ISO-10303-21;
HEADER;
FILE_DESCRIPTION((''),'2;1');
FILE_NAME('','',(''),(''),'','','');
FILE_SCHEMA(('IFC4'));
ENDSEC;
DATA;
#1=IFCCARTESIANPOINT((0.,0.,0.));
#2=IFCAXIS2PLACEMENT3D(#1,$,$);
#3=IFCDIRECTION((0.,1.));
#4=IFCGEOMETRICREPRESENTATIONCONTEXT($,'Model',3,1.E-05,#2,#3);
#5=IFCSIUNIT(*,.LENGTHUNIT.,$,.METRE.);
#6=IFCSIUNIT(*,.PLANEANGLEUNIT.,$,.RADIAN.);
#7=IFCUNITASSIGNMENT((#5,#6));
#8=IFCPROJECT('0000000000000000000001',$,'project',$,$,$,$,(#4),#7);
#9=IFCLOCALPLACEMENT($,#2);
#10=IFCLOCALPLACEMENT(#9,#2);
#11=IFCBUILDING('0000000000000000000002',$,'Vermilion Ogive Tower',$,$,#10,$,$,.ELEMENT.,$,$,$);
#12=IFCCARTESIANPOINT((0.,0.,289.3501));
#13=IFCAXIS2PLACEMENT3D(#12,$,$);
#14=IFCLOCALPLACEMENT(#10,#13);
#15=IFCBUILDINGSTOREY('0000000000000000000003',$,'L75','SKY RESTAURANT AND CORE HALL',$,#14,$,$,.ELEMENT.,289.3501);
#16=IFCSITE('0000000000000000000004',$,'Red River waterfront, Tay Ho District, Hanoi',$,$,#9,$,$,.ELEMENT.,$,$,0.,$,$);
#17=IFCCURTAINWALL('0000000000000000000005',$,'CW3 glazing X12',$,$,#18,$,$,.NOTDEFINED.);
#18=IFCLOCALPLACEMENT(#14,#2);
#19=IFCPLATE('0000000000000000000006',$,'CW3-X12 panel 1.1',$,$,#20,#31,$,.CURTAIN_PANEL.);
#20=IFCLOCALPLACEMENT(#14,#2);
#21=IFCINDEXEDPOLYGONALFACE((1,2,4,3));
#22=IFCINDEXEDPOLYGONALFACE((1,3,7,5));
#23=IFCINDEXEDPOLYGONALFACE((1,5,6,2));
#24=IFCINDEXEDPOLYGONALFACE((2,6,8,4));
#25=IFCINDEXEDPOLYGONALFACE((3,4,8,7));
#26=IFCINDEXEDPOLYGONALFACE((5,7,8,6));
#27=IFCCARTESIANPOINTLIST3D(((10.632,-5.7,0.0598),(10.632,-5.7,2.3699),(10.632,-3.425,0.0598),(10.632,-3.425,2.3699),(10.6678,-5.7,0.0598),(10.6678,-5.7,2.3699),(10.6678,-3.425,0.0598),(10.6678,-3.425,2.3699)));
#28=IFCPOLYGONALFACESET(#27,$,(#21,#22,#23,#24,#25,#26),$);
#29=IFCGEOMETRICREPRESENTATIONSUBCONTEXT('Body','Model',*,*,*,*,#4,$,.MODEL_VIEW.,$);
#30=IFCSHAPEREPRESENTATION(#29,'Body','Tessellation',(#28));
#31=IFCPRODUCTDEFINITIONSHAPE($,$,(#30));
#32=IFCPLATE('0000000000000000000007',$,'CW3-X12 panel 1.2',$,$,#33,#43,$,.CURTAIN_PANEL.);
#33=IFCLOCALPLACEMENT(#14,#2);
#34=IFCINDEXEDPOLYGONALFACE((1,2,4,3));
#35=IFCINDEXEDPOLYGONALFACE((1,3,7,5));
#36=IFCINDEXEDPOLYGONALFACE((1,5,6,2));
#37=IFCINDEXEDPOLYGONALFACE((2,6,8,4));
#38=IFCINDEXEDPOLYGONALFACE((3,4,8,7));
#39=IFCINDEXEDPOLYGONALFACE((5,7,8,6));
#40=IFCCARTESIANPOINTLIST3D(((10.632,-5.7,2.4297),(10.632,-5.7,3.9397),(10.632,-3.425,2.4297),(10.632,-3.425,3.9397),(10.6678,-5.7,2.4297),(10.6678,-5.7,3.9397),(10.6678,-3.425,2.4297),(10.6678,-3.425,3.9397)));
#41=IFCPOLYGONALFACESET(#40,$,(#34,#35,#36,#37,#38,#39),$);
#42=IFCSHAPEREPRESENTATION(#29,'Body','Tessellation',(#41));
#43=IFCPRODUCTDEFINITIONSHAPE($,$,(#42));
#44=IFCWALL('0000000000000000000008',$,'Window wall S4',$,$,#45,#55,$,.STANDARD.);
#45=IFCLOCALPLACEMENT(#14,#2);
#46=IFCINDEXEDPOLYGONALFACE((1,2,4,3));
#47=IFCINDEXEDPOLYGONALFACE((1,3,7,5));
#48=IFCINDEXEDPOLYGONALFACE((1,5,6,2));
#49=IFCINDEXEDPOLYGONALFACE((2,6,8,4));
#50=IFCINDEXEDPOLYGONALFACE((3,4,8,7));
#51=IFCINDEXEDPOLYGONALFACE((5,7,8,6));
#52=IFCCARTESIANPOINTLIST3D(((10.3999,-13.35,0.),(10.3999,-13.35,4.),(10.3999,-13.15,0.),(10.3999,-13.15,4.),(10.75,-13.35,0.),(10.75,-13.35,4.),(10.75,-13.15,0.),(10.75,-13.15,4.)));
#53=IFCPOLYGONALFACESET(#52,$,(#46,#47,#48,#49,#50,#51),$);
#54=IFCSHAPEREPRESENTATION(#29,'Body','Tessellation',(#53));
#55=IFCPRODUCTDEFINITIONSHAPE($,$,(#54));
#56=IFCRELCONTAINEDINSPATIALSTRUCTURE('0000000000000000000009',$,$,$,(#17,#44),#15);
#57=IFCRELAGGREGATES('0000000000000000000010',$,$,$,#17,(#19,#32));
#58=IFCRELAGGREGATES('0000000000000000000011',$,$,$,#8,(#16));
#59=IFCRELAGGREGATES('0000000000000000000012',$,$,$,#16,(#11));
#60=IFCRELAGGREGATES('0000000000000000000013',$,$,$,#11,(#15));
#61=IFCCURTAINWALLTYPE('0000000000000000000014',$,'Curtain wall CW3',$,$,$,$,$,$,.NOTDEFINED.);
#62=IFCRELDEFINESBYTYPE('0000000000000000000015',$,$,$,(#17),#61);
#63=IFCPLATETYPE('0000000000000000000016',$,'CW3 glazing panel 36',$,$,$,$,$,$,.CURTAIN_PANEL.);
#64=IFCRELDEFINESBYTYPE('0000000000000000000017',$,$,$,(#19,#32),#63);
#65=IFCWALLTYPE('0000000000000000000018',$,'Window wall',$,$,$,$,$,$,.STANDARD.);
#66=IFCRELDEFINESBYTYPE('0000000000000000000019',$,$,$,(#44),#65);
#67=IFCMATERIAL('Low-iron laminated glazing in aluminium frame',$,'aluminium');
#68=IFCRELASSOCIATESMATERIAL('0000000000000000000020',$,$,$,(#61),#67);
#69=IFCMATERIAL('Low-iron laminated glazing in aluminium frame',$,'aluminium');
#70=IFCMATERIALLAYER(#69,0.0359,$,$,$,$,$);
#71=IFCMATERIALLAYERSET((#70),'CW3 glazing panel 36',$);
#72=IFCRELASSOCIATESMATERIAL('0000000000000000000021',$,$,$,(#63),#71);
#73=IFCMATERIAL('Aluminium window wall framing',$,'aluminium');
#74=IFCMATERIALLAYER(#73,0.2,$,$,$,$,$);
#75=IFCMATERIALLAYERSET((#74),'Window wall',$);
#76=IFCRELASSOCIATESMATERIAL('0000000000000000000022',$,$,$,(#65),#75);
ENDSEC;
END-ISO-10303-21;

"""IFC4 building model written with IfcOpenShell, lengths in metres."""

from ifc_helpers import new_model, si_unit, direction, frame, frame_2d, origin, origin_2d, place, context, subcontext, project, spatial, rectangle, extrude, material, layer, layer_set, type_object, element, aggregate, save


model = new_model("IFC4")

# Units and contexts
model_context = context("Model", 3, precision=1e-05, world=origin(), true_north=direction((0.0, 1.0)))
body_context = subcontext(model_context, "Body", "Model", "MODEL_VIEW")
ifc_project = project(units=[si_unit("LENGTHUNIT", "METRE"), si_unit("PLANEANGLEUNIT", "RADIAN")], contexts=[model_context])

# Site, building, storey
site_placement = place(None, origin())
site = spatial("IfcSite", under=ifc_project, at=site_placement, Name="Red River waterfront, Tay Ho District, Hanoi", CompositionType="ELEMENT", RefElevation=0.0)
building_placement = place(site_placement, origin())
building = spatial("IfcBuilding", under=site, at=building_placement, Name="Vermilion Ogive Tower", CompositionType="ELEMENT")
storey_placement = place(building_placement, frame((0.0, 0.0, 289.3501)))
storey = spatial("IfcBuildingStorey", under=building, at=storey_placement, Name="L75", Description="SKY RESTAURANT AND CORE HALL", CompositionType="ELEMENT", Elevation=289.3501)

# Shared definitions
ifc_material_1 = material(Name="Low-iron laminated glazing in aluminium frame", Category="aluminium")
curtain_wall_type = type_object("IfcCurtainWallType", Name="Curtain wall CW3", PredefinedType="NOTDEFINED", material=ifc_material_1)

# Curtain wall
curtain_wall_1_placement = place(storey_placement, origin())
curtain_wall_1 = element("IfcCurtainWall", 1, at=curtain_wall_1_placement, inside=storey, type_object=curtain_wall_type, Name="CW3 glazing X12", PredefinedType="NOTDEFINED")

# Plates
ifc_material_2 = material(Name="Low-iron laminated glazing in aluminium frame", Category="aluminium")
ifc_layer_1 = layer(ifc_material_2, 0.0359)
ifc_layer_set_1 = layer_set([ifc_layer_1], Name="CW3 glazing panel 36")
plate_type = type_object("IfcPlateType", Name="CW3 glazing panel 36", PredefinedType="CURTAIN_PANEL", material=ifc_layer_set_1)
plate_1_placement = place(storey_placement, frame((10.6499, -4.5625, 0.0598), z_axis=(0.0, 0.0, 1.0), x_axis=(0.0, 1.0, 0.0)))
plate_1 = element("IfcPlate", 2, at=plate_1_placement, type_object=plate_type, Name="CW3-X12 panel 1.1", PredefinedType="CURTAIN_PANEL", context=body_context, shape_type="SweptSolid", body=[
    extrude(rectangle(XDim=2.2749, YDim=0.0359, at=origin_2d()), origin(), (0.0, 0.0, 1.0), 2.3101),
])
plate_2_placement = place(storey_placement, frame((10.6499, -4.5625, 2.4297), z_axis=(0.0, 0.0, 1.0), x_axis=(0.0, 1.0, 0.0)))
plate_2 = element("IfcPlate", 3, at=plate_2_placement, type_object=plate_type, Name="CW3-X12 panel 1.2", PredefinedType="CURTAIN_PANEL", context=body_context, shape_type="SweptSolid", body=[
    extrude(rectangle(XDim=2.2749, YDim=0.0359, at=origin_2d()), origin(), (0.0, 0.0, 1.0), 1.51),
])
aggregate(curtain_wall_1, [plate_1, plate_2])

# Wall
ifc_material_3 = material(Name="Aluminium window wall framing", Category="aluminium")
ifc_layer_2 = layer(ifc_material_3, 0.2)
ifc_layer_set_2 = layer_set([ifc_layer_2], Name="Window wall")
wall_type = type_object("IfcWallType", Name="Window wall", PredefinedType="STANDARD", material=ifc_layer_set_2)
wall_placement = place(storey_placement, frame((10.3999, -13.25, 0.0), z_axis=(0.0, 0.0, 1.0), x_axis=(1.0, 0.0, 0.0)))
element("IfcWall", 4, at=wall_placement, inside=storey, type_object=wall_type, Name="Window wall S4", PredefinedType="STANDARD", context=body_context, shape_type="SweptSolid", body=[
    extrude(rectangle(XDim=0.3501, YDim=0.2, at=frame_2d((0.175, 0.0))), origin(), (0.0, 0.0, 1.0), 4.0),
])

save(model, "model.ifc")
